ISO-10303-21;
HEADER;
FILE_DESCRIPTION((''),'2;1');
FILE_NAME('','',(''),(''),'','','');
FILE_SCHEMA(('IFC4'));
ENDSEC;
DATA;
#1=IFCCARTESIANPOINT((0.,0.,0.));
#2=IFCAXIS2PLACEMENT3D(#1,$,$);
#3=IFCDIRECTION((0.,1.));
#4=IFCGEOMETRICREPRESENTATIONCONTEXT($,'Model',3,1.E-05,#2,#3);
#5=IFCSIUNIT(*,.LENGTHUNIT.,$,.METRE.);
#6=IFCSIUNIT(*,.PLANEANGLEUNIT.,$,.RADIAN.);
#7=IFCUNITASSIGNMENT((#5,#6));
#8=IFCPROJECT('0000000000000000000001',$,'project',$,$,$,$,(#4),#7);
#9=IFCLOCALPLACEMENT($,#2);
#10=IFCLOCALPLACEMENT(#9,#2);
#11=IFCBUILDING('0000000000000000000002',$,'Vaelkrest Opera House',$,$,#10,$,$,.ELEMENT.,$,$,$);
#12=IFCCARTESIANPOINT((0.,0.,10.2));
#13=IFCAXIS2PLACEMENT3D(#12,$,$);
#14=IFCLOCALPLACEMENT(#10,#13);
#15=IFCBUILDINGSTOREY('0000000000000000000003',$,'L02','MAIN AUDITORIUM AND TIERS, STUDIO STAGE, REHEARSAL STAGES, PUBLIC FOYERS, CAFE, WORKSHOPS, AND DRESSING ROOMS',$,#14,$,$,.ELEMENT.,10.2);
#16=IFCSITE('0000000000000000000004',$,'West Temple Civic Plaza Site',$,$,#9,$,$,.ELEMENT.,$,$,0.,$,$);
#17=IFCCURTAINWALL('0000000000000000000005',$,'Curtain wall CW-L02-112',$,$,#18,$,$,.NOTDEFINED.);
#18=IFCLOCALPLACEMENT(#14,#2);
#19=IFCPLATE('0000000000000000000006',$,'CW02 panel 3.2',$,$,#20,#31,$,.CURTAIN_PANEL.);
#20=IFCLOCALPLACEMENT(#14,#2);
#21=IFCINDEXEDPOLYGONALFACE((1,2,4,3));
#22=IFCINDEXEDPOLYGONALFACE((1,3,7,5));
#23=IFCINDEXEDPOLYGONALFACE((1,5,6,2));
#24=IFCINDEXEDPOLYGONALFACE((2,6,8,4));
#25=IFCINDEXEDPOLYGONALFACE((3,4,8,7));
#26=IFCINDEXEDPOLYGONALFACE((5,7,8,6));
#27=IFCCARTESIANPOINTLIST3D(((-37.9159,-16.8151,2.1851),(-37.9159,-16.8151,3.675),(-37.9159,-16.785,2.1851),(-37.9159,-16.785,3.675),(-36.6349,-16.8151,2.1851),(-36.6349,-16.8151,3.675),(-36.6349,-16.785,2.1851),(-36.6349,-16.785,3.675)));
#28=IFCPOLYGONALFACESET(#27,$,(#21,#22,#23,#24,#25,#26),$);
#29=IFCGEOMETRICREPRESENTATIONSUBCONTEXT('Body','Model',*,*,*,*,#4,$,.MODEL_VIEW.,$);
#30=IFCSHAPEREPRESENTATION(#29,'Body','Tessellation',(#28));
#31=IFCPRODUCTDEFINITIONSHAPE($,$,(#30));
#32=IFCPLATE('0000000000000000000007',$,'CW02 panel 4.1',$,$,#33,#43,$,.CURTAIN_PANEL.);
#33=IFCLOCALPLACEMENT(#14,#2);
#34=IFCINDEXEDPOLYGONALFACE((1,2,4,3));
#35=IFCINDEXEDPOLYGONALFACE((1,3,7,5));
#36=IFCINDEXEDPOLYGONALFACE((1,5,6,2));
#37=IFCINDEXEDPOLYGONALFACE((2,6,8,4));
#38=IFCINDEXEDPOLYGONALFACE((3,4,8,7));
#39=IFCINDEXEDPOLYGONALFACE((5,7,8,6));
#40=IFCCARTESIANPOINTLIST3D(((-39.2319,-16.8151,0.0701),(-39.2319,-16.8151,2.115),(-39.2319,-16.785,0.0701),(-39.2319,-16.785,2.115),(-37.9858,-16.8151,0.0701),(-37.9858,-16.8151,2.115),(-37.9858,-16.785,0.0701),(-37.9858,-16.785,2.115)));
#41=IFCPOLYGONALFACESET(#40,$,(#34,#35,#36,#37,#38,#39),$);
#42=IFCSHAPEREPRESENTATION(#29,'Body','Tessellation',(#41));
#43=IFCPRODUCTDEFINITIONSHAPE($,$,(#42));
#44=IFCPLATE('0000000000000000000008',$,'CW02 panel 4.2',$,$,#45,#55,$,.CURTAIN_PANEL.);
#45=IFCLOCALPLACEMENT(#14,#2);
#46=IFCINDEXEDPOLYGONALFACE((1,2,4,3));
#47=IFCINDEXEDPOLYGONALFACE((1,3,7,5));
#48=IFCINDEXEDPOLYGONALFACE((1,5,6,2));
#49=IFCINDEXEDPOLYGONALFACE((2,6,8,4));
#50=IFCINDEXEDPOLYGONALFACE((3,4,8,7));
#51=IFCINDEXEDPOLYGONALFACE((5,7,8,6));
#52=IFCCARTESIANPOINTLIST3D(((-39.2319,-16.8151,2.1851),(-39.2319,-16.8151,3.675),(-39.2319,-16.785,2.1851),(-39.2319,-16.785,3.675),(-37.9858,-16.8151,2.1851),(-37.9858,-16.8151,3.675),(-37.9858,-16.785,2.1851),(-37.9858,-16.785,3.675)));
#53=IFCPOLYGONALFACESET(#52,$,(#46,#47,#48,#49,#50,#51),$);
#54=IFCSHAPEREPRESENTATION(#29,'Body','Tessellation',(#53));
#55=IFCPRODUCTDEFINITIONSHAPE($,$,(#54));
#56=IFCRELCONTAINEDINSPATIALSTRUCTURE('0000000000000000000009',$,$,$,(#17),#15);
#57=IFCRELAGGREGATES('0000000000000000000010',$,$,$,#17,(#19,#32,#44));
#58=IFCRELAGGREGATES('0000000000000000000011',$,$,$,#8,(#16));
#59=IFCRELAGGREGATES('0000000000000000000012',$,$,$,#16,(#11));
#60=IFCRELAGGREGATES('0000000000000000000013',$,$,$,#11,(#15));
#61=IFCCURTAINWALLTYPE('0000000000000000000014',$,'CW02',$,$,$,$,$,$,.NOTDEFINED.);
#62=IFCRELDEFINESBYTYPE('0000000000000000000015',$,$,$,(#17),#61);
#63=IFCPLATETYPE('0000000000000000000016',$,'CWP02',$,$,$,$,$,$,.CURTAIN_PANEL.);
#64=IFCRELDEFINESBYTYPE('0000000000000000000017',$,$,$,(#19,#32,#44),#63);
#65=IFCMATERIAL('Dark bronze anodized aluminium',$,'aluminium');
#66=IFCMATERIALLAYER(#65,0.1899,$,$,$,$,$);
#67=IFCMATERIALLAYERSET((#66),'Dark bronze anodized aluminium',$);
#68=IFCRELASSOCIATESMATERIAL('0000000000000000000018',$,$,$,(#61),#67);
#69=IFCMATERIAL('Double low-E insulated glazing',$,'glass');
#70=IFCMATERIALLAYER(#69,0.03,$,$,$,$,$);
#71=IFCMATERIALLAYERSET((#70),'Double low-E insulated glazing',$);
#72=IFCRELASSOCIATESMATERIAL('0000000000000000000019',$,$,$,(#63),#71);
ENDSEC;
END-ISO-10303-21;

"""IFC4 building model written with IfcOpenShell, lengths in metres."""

from ifc_helpers import new_model, si_unit, direction, frame, origin, origin_2d, place, context, subcontext, project, spatial, rectangle, extrude, material, layer, layer_set, type_object, element, aggregate, save


model = new_model("IFC4")

# Units and contexts
model_context = context("Model", 3, precision=1e-05, world=origin(), true_north=direction((0.0, 1.0)))
body_context = subcontext(model_context, "Body", "Model", "MODEL_VIEW")
ifc_project = project(units=[si_unit("LENGTHUNIT", "METRE"), si_unit("PLANEANGLEUNIT", "RADIAN")], contexts=[model_context])

# Site, building, storey
site_placement = place(None, origin())
site = spatial("IfcSite", under=ifc_project, at=site_placement, Name="West Temple Civic Plaza Site", CompositionType="ELEMENT", RefElevation=0.0)
building_placement = place(site_placement, origin())
building = spatial("IfcBuilding", under=site, at=building_placement, Name="Vaelkrest Opera House", CompositionType="ELEMENT")
storey_placement = place(building_placement, frame((0.0, 0.0, 10.2)))
storey = spatial("IfcBuildingStorey", under=building, at=storey_placement, Name="L02", Description="MAIN AUDITORIUM AND TIERS, STUDIO STAGE, REHEARSAL STAGES, PUBLIC FOYERS, CAFE, WORKSHOPS, AND DRESSING ROOMS", CompositionType="ELEMENT", Elevation=10.2)

# Curtain wall
ifc_material_1 = material(Name="Dark bronze anodized aluminium", Category="aluminium")
ifc_layer_1 = layer(ifc_material_1, 0.1899)
ifc_layer_set_1 = layer_set([ifc_layer_1], Name="Dark bronze anodized aluminium")
curtain_wall_type = type_object("IfcCurtainWallType", Name="CW02", PredefinedType="NOTDEFINED", material=ifc_layer_set_1)
curtain_wall_placement = place(storey_placement, origin())
curtain_wall = element("IfcCurtainWall", 1, at=curtain_wall_placement, inside=storey, type_object=curtain_wall_type, Name="Curtain wall CW-L02-112", PredefinedType="NOTDEFINED")

# Plates
ifc_material_2 = material(Name="Double low-E insulated glazing", Category="glass")
ifc_layer_2 = layer(ifc_material_2, 0.03)
ifc_layer_set_2 = layer_set([ifc_layer_2], Name="Double low-E insulated glazing")
plate_type = type_object("IfcPlateType", Name="CWP02", PredefinedType="CURTAIN_PANEL", material=ifc_layer_set_2)
plate_1_placement = place(storey_placement, frame((-37.2754, -16.8, 2.1851), z_axis=(0.0, 0.0, 1.0), x_axis=(-1.0, 0.0, 0.0)))
plate_1 = element("IfcPlate", 2, at=plate_1_placement, type_object=plate_type, Name="CW02 panel 3.2", PredefinedType="CURTAIN_PANEL", context=body_context, shape_type="SweptSolid", body=[
    extrude(rectangle(XDim=1.281, YDim=0.03, at=origin_2d()), origin(), (0.0, 0.0, 1.0), 1.49),
])
plate_2_placement = place(storey_placement, frame((-38.6089, -16.8, 0.0701), z_axis=(0.0, 0.0, 1.0), x_axis=(-1.0, 0.0, 0.0)))
plate_2 = element("IfcPlate", 3, at=plate_2_placement, type_object=plate_type, Name="CW02 panel 4.1", PredefinedType="CURTAIN_PANEL", context=body_context, shape_type="SweptSolid", body=[
    extrude(rectangle(XDim=1.2461, YDim=0.03, at=origin_2d()), origin(), (0.0, 0.0, 1.0), 2.0449),
])
plate_3_placement = place(storey_placement, frame((-38.6089, -16.8, 2.1851), z_axis=(0.0, 0.0, 1.0), x_axis=(-1.0, 0.0, 0.0)))
plate_3 = element("IfcPlate", 4, at=plate_3_placement, type_object=plate_type, Name="CW02 panel 4.2", PredefinedType="CURTAIN_PANEL", context=body_context, shape_type="SweptSolid", body=[
    extrude(rectangle(XDim=1.2461, YDim=0.03, at=origin_2d()), origin(), (0.0, 0.0, 1.0), 1.49),
])
aggregate(curtain_wall, [plate_1, plate_2, plate_3])

save(model, "model.ifc")
